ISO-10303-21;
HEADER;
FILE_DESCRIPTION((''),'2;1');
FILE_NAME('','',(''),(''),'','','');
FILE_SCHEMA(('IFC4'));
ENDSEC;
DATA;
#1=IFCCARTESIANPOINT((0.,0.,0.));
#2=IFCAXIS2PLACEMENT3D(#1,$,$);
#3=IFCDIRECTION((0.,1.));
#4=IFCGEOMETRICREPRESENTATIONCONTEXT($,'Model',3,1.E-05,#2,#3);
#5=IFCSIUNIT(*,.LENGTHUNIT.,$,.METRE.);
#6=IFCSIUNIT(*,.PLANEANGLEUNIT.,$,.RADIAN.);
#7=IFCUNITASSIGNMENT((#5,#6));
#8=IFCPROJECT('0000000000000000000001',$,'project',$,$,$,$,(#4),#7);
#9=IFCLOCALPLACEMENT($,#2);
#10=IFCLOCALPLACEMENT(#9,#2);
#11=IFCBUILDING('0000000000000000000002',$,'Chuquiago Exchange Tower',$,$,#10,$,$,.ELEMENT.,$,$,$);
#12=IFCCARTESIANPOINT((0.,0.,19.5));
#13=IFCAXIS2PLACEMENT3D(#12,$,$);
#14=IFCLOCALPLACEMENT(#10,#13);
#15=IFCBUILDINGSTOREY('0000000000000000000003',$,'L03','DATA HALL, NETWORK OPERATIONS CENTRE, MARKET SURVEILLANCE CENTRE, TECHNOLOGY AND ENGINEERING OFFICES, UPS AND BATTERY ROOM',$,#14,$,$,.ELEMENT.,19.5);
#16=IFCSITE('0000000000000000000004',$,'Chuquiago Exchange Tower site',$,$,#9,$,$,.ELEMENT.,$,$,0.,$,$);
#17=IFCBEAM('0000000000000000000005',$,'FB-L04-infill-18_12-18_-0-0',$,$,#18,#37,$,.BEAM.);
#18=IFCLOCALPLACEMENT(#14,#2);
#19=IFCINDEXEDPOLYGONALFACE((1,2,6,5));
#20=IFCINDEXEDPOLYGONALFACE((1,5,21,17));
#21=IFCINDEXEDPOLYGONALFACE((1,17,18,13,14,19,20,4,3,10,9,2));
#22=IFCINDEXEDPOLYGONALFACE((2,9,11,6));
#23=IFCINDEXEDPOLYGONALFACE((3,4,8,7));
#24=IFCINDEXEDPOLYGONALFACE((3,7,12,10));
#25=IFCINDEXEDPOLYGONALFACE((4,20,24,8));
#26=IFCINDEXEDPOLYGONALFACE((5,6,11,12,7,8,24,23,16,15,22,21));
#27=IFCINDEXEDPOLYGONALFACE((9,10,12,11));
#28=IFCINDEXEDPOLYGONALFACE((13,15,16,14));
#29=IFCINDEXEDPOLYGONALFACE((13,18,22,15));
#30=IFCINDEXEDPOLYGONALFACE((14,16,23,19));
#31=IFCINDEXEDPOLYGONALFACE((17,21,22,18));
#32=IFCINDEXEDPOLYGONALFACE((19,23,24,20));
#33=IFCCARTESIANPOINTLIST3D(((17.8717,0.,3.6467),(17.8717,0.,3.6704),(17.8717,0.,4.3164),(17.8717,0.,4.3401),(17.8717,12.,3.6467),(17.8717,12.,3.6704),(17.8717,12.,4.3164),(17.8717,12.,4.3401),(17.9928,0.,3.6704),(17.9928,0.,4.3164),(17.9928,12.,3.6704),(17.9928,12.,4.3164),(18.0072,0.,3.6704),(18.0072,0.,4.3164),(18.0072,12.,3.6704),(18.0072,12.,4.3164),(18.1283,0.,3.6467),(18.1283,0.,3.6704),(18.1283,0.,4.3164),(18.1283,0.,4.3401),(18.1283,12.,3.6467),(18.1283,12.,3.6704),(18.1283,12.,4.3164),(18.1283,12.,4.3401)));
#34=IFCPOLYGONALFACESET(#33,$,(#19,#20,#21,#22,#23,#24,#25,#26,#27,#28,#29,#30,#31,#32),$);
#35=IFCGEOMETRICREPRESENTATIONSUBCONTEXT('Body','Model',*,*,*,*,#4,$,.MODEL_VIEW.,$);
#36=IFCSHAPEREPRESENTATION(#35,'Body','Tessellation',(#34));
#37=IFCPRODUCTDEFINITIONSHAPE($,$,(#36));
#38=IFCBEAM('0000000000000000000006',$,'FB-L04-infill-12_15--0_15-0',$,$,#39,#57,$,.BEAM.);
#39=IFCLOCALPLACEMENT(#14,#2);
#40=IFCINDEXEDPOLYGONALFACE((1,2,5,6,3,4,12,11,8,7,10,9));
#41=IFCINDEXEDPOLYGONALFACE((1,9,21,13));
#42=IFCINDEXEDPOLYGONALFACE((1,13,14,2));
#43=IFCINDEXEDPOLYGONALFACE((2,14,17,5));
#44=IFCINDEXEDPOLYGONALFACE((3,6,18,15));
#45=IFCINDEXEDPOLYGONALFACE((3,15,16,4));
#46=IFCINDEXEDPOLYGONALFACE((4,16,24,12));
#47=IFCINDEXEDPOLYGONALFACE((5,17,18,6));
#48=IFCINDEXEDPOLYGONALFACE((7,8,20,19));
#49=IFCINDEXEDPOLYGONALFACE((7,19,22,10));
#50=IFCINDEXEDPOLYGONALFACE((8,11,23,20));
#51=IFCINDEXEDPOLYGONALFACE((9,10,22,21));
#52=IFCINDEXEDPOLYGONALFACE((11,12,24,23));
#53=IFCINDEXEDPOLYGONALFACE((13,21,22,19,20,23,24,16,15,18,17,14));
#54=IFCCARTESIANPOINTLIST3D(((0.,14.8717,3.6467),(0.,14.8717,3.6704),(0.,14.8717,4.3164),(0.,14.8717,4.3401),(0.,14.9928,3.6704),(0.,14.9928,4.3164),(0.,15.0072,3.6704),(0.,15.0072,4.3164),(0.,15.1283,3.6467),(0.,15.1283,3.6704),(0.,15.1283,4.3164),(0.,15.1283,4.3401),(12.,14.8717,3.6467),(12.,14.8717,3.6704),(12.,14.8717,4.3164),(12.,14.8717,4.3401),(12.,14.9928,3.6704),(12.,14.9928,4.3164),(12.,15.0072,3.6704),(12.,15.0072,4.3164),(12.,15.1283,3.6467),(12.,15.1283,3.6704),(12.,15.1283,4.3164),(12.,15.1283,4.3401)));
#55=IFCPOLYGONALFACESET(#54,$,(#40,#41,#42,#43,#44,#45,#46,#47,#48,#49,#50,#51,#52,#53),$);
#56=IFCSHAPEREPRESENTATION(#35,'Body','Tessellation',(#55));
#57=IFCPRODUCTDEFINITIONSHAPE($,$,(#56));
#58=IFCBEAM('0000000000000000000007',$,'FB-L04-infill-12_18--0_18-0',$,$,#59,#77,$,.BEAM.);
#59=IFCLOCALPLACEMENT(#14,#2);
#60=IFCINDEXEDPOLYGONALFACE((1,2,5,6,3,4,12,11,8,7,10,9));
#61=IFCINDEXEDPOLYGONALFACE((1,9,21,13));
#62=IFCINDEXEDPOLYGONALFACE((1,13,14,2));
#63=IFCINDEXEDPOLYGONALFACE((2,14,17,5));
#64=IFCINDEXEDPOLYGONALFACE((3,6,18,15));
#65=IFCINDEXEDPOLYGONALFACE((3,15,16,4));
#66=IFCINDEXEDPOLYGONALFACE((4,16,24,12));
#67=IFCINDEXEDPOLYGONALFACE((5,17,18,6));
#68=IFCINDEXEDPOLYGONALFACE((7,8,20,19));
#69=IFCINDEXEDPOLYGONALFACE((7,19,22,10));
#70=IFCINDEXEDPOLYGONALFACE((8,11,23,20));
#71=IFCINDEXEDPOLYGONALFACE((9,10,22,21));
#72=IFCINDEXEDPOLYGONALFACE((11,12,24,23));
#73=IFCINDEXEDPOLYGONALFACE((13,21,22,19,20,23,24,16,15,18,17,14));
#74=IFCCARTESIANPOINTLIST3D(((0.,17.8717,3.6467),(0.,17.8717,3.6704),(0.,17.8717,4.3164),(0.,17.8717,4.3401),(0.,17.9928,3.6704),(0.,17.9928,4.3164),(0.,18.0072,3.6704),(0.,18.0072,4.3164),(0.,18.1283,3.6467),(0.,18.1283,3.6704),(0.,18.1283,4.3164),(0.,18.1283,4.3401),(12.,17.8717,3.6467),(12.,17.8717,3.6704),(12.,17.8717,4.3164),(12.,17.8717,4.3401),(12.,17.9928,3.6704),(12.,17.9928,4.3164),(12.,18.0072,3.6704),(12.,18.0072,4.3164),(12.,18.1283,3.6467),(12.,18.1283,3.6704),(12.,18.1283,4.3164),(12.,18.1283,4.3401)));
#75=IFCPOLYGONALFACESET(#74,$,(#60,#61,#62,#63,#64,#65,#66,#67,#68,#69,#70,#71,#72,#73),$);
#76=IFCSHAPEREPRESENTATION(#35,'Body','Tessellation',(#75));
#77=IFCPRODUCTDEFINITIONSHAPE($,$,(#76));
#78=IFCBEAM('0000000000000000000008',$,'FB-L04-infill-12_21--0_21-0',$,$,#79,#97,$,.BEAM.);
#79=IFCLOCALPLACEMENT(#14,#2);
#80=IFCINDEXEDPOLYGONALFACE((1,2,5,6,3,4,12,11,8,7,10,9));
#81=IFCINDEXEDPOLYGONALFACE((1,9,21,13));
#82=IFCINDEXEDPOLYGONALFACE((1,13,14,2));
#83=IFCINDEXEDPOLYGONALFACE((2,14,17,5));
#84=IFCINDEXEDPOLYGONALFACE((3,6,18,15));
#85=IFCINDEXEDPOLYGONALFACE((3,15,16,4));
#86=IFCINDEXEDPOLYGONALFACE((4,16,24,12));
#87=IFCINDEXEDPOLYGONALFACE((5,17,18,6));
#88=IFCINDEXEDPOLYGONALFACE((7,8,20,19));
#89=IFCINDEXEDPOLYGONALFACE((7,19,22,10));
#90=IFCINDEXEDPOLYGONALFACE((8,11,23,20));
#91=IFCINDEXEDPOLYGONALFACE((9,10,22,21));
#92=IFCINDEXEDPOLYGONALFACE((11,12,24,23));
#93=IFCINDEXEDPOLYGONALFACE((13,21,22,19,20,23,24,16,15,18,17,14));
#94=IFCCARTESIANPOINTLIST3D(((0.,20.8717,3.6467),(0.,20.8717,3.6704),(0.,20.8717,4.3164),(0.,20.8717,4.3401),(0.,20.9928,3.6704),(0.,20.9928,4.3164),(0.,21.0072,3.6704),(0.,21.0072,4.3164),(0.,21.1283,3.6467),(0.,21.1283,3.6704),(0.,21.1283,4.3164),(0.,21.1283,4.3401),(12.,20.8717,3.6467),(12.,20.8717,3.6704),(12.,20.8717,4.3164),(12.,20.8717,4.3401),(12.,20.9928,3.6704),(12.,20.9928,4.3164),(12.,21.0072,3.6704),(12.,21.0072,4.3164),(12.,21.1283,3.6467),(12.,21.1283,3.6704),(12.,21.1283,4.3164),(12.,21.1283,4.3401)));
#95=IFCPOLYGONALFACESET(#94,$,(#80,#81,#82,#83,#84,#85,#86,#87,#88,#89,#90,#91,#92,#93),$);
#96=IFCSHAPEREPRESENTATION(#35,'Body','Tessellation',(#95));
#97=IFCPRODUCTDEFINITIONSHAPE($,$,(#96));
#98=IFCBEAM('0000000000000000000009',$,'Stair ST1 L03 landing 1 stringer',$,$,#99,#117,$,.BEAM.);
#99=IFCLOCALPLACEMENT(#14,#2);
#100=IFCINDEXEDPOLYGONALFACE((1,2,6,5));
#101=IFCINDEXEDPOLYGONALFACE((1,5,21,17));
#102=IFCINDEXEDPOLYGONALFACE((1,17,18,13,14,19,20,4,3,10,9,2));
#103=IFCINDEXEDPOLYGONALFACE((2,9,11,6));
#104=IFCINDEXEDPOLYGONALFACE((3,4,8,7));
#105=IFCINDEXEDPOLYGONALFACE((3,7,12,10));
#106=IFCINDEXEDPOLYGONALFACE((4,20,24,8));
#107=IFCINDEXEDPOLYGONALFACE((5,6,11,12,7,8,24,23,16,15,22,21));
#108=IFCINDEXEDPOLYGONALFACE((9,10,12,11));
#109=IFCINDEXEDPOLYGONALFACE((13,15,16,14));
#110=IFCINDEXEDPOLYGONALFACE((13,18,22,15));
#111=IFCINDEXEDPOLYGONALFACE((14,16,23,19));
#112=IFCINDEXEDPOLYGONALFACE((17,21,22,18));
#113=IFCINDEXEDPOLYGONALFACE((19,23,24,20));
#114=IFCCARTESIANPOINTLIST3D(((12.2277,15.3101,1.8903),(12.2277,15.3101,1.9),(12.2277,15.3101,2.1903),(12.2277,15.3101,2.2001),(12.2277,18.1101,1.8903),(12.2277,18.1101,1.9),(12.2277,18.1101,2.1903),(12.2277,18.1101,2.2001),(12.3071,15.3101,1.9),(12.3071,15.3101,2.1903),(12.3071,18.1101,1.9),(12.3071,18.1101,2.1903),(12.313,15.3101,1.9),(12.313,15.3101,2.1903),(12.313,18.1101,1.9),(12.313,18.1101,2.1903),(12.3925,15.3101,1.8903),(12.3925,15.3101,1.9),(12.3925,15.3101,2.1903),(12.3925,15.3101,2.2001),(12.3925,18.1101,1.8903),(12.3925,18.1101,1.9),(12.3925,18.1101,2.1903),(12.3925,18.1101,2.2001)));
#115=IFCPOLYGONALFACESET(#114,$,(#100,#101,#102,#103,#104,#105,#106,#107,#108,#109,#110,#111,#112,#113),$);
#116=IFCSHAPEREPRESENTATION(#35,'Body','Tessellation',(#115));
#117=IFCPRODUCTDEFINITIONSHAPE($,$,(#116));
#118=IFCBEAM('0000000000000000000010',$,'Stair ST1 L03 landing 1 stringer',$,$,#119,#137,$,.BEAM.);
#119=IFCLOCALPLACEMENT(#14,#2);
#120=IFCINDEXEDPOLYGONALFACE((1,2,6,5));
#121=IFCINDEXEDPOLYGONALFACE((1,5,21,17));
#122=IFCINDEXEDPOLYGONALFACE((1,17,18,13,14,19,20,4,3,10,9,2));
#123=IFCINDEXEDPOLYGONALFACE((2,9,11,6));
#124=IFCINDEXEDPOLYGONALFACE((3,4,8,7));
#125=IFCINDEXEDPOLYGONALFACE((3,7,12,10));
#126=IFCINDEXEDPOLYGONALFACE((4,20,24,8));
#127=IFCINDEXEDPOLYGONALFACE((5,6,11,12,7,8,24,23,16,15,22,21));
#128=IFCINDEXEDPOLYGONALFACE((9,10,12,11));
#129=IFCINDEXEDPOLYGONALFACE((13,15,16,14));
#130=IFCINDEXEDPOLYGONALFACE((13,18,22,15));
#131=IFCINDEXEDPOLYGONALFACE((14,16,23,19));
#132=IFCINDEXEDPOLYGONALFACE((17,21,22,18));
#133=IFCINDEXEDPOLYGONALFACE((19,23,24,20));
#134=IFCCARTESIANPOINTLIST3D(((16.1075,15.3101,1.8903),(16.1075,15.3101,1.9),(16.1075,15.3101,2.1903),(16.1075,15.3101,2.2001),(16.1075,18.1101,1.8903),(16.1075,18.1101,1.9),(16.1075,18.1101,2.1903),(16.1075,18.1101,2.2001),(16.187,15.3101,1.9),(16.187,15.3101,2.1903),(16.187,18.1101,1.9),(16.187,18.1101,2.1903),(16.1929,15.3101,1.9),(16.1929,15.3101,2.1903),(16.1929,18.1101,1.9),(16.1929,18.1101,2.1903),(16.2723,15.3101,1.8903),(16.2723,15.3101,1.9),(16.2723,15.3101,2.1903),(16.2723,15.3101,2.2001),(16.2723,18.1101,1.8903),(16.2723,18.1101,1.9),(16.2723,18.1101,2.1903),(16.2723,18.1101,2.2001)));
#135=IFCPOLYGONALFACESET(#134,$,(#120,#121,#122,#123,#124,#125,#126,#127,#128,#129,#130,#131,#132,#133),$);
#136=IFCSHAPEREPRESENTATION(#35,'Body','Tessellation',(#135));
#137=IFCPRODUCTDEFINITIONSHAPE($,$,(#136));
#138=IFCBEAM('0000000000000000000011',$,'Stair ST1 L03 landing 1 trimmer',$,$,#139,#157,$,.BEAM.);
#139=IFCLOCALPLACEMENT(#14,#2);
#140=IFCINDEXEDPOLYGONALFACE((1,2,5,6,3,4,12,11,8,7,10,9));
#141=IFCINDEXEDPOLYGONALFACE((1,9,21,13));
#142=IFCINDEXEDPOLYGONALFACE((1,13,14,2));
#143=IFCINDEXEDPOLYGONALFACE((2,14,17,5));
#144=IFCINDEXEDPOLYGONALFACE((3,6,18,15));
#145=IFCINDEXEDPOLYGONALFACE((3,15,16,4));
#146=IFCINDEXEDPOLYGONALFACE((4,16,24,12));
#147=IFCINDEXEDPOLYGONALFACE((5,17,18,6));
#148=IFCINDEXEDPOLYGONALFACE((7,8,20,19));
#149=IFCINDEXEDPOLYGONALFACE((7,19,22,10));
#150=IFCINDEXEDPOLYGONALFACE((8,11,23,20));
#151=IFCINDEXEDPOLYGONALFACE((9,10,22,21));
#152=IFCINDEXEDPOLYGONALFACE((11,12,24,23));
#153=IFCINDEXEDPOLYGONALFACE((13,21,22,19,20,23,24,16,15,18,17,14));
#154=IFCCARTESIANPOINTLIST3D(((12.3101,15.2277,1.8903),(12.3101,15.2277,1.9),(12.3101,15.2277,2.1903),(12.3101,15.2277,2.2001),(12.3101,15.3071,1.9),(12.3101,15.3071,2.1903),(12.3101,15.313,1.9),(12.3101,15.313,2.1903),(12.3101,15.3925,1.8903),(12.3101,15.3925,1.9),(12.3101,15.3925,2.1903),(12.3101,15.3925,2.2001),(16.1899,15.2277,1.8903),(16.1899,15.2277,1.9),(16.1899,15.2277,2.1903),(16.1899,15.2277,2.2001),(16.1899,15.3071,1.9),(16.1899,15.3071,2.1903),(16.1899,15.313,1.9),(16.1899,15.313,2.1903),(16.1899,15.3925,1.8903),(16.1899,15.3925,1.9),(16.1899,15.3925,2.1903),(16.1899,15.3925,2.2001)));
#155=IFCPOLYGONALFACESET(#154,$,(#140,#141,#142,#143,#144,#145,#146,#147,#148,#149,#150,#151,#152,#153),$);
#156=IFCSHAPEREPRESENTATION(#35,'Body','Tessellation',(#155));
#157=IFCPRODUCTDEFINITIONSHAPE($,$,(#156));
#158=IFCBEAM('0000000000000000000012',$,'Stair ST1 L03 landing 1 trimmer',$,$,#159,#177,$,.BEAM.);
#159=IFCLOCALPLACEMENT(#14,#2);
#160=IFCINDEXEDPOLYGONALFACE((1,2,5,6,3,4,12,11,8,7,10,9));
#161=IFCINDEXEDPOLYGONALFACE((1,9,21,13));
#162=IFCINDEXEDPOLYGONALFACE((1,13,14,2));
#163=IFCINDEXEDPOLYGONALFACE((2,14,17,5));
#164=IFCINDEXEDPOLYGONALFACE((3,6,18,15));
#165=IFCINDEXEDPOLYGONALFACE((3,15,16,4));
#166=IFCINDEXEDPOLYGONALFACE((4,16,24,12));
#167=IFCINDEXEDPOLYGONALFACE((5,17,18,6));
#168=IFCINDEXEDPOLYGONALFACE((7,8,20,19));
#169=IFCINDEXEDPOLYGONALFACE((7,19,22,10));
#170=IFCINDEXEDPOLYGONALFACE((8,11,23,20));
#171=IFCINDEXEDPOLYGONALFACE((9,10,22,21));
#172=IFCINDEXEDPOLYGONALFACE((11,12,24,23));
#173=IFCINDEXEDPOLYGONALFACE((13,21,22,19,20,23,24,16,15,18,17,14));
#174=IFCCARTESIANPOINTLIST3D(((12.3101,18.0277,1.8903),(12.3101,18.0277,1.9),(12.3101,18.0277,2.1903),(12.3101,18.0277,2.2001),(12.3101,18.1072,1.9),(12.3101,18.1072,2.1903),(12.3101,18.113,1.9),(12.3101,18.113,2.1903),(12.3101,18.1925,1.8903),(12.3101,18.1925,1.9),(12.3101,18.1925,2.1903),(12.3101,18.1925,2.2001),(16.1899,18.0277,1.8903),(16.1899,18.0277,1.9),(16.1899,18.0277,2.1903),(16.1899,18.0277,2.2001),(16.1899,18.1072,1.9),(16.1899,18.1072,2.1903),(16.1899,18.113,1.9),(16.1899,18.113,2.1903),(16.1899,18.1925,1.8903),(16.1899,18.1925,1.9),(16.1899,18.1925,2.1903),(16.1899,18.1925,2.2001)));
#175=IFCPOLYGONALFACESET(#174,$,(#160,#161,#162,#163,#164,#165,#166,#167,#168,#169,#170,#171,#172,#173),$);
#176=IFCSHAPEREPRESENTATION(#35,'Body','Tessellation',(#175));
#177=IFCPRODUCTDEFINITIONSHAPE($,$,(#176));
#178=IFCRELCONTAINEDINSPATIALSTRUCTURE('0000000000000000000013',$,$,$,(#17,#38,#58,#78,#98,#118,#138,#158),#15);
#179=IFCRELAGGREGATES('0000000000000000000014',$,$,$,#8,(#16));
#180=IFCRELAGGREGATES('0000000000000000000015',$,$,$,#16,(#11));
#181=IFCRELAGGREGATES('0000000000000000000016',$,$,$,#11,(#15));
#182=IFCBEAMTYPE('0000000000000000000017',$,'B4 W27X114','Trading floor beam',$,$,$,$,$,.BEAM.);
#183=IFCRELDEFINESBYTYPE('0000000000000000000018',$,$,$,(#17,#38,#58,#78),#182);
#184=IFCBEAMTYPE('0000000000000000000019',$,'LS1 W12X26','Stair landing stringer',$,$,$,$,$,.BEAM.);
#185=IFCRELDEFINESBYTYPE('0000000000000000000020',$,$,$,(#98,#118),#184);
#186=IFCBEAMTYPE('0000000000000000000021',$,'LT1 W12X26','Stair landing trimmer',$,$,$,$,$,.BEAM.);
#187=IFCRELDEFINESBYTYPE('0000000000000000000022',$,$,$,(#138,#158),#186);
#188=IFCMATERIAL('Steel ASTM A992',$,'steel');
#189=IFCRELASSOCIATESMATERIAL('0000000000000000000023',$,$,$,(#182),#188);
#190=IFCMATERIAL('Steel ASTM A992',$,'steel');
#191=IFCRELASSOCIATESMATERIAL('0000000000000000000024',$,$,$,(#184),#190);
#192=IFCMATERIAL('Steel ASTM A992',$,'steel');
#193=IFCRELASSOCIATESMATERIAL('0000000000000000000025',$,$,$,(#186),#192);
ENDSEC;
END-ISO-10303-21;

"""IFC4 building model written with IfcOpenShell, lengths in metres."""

from ifc_helpers import new_model, si_unit, direction, frame, origin, origin_2d, place, context, subcontext, project, spatial, i_section, extrude, material, material_profile, profile_set, type_object, element, save


model = new_model("IFC4")

# Units and contexts
model_context = context("Model", 3, precision=1e-05, world=origin(), true_north=direction((0.0, 1.0)))
body_context = subcontext(model_context, "Body", "Model", "MODEL_VIEW")
ifc_project = project(units=[si_unit("LENGTHUNIT", "METRE"), si_unit("PLANEANGLEUNIT", "RADIAN")], contexts=[model_context])

# Site, building, storey
site_placement = place(None, origin())
site = spatial("IfcSite", under=ifc_project, at=site_placement, Name="Chuquiago Exchange Tower site", CompositionType="ELEMENT", RefElevation=0.0)
building_placement = place(site_placement, origin())
building = spatial("IfcBuilding", under=site, at=building_placement, Name="Chuquiago Exchange Tower", CompositionType="ELEMENT")
storey_placement = place(building_placement, frame((0.0, 0.0, 19.5)))
storey = spatial("IfcBuildingStorey", under=building, at=storey_placement, Name="L03", Description="DATA HALL, NETWORK OPERATIONS CENTRE, MARKET SURVEILLANCE CENTRE, TECHNOLOGY AND ENGINEERING OFFICES, UPS AND BATTERY ROOM", CompositionType="ELEMENT", Elevation=19.5)

# Beams
ifc_material_1 = material(Name="Steel ASTM A992", Category="steel")
ifc_material_profile_1 = material_profile(ifc_material_1, i_section(OverallWidth=0.2566, OverallDepth=0.6934, WebThickness=0.0144, FlangeThickness=0.0237, at=origin_2d()), Name="W27X114")
ifc_profile_set_1 = profile_set([ifc_material_profile_1], Name="Steel ASTM A992")
beam_type_1 = type_object("IfcBeamType", Name="B4 W27X114", Description="Trading floor beam", PredefinedType="BEAM", material=ifc_profile_set_1)
for number, where, z_axis, x_axis, name in (
    (1, (18.0, 12.0, 3.9934), (0.0, -1.0, 0.0), (1.0, 0.0, 0.0), "FB-L04-infill-18_12-18_-0-0"),
    (2, (12.0, 15.0, 3.9934), (-1.0, 0.0, 0.0), (0.0, -1.0, 0.0), "FB-L04-infill-12_15--0_15-0"),
    (3, (12.0, 18.0, 3.9934), (-1.0, 0.0, 0.0), (0.0, -1.0, 0.0), "FB-L04-infill-12_18--0_18-0"),
    (4, (12.0, 21.0, 3.9934), (-1.0, 0.0, 0.0), (0.0, -1.0, 0.0), "FB-L04-infill-12_21--0_21-0"),
):
    element("IfcBeam", number, at=place(storey_placement, frame(where, z_axis=z_axis, x_axis=x_axis)), inside=storey, type_object=beam_type_1, Name=name, PredefinedType="BEAM", context=body_context, shape_type="SweptSolid", body=[
        extrude(i_section(OverallWidth=0.2566, OverallDepth=0.6934, WebThickness=0.0144, FlangeThickness=0.0237, at=origin_2d()), origin(), (0.0, 0.0, 1.0), 12.0),
    ])
ifc_material_2 = material(Name="Steel ASTM A992", Category="steel")
ifc_material_profile_2 = material_profile(ifc_material_2, i_section(OverallWidth=0.1648, OverallDepth=0.3098, WebThickness=0.0059, FlangeThickness=0.0098, at=origin_2d()), Name="W12X26")
ifc_profile_set_2 = profile_set([ifc_material_profile_2], Name="Steel ASTM A992")
beam_type_2 = type_object("IfcBeamType", Name="LS1 W12X26", Description="Stair landing stringer", PredefinedType="BEAM", material=ifc_profile_set_2)
for number, where, z_axis, x_axis, name in (
    (5, (12.3101, 15.3101, 2.0452), (0.0, 1.0, 0.0), (-1.0, 0.0, 0.0), "Stair ST1 L03 landing 1 stringer"),
    (6, (16.1899, 15.3101, 2.0452), (0.0, 1.0, 0.0), (-1.0, 0.0, 0.0), "Stair ST1 L03 landing 1 stringer"),
):
    element("IfcBeam", number, at=place(storey_placement, frame(where, z_axis=z_axis, x_axis=x_axis)), inside=storey, type_object=beam_type_2, Name=name, PredefinedType="BEAM", context=body_context, shape_type="SweptSolid", body=[
        extrude(i_section(OverallWidth=0.1648, OverallDepth=0.3098, WebThickness=0.0059, FlangeThickness=0.0098, at=origin_2d()), origin(), (0.0, 0.0, 1.0), 2.8),
    ])
ifc_material_3 = material(Name="Steel ASTM A992", Category="steel")
ifc_material_profile_3 = material_profile(ifc_material_3, i_section(OverallWidth=0.1648, OverallDepth=0.3098, WebThickness=0.0059, FlangeThickness=0.0098, at=origin_2d()), Name="W12X26")
ifc_profile_set_3 = profile_set([ifc_material_profile_3], Name="Steel ASTM A992")
beam_type_3 = type_object("IfcBeamType", Name="LT1 W12X26", Description="Stair landing trimmer", PredefinedType="BEAM", material=ifc_profile_set_3)
for number, where, z_axis, x_axis, name in (
    (7, (12.3101, 15.3101, 2.0452), (1.0, 0.0, 0.0), (0.0, 1.0, 0.0), "Stair ST1 L03 landing 1 trimmer"),
    (8, (12.3101, 18.1101, 2.0452), (1.0, 0.0, 0.0), (0.0, 1.0, 0.0), "Stair ST1 L03 landing 1 trimmer"),
):
    element("IfcBeam", number, at=place(storey_placement, frame(where, z_axis=z_axis, x_axis=x_axis)), inside=storey, type_object=beam_type_3, Name=name, PredefinedType="BEAM", context=body_context, shape_type="SweptSolid", body=[
        extrude(i_section(OverallWidth=0.1648, OverallDepth=0.3098, WebThickness=0.0059, FlangeThickness=0.0098, at=origin_2d()), origin(), (0.0, 0.0, 1.0), 3.8799),
    ])

save(model, "model.ifc")
